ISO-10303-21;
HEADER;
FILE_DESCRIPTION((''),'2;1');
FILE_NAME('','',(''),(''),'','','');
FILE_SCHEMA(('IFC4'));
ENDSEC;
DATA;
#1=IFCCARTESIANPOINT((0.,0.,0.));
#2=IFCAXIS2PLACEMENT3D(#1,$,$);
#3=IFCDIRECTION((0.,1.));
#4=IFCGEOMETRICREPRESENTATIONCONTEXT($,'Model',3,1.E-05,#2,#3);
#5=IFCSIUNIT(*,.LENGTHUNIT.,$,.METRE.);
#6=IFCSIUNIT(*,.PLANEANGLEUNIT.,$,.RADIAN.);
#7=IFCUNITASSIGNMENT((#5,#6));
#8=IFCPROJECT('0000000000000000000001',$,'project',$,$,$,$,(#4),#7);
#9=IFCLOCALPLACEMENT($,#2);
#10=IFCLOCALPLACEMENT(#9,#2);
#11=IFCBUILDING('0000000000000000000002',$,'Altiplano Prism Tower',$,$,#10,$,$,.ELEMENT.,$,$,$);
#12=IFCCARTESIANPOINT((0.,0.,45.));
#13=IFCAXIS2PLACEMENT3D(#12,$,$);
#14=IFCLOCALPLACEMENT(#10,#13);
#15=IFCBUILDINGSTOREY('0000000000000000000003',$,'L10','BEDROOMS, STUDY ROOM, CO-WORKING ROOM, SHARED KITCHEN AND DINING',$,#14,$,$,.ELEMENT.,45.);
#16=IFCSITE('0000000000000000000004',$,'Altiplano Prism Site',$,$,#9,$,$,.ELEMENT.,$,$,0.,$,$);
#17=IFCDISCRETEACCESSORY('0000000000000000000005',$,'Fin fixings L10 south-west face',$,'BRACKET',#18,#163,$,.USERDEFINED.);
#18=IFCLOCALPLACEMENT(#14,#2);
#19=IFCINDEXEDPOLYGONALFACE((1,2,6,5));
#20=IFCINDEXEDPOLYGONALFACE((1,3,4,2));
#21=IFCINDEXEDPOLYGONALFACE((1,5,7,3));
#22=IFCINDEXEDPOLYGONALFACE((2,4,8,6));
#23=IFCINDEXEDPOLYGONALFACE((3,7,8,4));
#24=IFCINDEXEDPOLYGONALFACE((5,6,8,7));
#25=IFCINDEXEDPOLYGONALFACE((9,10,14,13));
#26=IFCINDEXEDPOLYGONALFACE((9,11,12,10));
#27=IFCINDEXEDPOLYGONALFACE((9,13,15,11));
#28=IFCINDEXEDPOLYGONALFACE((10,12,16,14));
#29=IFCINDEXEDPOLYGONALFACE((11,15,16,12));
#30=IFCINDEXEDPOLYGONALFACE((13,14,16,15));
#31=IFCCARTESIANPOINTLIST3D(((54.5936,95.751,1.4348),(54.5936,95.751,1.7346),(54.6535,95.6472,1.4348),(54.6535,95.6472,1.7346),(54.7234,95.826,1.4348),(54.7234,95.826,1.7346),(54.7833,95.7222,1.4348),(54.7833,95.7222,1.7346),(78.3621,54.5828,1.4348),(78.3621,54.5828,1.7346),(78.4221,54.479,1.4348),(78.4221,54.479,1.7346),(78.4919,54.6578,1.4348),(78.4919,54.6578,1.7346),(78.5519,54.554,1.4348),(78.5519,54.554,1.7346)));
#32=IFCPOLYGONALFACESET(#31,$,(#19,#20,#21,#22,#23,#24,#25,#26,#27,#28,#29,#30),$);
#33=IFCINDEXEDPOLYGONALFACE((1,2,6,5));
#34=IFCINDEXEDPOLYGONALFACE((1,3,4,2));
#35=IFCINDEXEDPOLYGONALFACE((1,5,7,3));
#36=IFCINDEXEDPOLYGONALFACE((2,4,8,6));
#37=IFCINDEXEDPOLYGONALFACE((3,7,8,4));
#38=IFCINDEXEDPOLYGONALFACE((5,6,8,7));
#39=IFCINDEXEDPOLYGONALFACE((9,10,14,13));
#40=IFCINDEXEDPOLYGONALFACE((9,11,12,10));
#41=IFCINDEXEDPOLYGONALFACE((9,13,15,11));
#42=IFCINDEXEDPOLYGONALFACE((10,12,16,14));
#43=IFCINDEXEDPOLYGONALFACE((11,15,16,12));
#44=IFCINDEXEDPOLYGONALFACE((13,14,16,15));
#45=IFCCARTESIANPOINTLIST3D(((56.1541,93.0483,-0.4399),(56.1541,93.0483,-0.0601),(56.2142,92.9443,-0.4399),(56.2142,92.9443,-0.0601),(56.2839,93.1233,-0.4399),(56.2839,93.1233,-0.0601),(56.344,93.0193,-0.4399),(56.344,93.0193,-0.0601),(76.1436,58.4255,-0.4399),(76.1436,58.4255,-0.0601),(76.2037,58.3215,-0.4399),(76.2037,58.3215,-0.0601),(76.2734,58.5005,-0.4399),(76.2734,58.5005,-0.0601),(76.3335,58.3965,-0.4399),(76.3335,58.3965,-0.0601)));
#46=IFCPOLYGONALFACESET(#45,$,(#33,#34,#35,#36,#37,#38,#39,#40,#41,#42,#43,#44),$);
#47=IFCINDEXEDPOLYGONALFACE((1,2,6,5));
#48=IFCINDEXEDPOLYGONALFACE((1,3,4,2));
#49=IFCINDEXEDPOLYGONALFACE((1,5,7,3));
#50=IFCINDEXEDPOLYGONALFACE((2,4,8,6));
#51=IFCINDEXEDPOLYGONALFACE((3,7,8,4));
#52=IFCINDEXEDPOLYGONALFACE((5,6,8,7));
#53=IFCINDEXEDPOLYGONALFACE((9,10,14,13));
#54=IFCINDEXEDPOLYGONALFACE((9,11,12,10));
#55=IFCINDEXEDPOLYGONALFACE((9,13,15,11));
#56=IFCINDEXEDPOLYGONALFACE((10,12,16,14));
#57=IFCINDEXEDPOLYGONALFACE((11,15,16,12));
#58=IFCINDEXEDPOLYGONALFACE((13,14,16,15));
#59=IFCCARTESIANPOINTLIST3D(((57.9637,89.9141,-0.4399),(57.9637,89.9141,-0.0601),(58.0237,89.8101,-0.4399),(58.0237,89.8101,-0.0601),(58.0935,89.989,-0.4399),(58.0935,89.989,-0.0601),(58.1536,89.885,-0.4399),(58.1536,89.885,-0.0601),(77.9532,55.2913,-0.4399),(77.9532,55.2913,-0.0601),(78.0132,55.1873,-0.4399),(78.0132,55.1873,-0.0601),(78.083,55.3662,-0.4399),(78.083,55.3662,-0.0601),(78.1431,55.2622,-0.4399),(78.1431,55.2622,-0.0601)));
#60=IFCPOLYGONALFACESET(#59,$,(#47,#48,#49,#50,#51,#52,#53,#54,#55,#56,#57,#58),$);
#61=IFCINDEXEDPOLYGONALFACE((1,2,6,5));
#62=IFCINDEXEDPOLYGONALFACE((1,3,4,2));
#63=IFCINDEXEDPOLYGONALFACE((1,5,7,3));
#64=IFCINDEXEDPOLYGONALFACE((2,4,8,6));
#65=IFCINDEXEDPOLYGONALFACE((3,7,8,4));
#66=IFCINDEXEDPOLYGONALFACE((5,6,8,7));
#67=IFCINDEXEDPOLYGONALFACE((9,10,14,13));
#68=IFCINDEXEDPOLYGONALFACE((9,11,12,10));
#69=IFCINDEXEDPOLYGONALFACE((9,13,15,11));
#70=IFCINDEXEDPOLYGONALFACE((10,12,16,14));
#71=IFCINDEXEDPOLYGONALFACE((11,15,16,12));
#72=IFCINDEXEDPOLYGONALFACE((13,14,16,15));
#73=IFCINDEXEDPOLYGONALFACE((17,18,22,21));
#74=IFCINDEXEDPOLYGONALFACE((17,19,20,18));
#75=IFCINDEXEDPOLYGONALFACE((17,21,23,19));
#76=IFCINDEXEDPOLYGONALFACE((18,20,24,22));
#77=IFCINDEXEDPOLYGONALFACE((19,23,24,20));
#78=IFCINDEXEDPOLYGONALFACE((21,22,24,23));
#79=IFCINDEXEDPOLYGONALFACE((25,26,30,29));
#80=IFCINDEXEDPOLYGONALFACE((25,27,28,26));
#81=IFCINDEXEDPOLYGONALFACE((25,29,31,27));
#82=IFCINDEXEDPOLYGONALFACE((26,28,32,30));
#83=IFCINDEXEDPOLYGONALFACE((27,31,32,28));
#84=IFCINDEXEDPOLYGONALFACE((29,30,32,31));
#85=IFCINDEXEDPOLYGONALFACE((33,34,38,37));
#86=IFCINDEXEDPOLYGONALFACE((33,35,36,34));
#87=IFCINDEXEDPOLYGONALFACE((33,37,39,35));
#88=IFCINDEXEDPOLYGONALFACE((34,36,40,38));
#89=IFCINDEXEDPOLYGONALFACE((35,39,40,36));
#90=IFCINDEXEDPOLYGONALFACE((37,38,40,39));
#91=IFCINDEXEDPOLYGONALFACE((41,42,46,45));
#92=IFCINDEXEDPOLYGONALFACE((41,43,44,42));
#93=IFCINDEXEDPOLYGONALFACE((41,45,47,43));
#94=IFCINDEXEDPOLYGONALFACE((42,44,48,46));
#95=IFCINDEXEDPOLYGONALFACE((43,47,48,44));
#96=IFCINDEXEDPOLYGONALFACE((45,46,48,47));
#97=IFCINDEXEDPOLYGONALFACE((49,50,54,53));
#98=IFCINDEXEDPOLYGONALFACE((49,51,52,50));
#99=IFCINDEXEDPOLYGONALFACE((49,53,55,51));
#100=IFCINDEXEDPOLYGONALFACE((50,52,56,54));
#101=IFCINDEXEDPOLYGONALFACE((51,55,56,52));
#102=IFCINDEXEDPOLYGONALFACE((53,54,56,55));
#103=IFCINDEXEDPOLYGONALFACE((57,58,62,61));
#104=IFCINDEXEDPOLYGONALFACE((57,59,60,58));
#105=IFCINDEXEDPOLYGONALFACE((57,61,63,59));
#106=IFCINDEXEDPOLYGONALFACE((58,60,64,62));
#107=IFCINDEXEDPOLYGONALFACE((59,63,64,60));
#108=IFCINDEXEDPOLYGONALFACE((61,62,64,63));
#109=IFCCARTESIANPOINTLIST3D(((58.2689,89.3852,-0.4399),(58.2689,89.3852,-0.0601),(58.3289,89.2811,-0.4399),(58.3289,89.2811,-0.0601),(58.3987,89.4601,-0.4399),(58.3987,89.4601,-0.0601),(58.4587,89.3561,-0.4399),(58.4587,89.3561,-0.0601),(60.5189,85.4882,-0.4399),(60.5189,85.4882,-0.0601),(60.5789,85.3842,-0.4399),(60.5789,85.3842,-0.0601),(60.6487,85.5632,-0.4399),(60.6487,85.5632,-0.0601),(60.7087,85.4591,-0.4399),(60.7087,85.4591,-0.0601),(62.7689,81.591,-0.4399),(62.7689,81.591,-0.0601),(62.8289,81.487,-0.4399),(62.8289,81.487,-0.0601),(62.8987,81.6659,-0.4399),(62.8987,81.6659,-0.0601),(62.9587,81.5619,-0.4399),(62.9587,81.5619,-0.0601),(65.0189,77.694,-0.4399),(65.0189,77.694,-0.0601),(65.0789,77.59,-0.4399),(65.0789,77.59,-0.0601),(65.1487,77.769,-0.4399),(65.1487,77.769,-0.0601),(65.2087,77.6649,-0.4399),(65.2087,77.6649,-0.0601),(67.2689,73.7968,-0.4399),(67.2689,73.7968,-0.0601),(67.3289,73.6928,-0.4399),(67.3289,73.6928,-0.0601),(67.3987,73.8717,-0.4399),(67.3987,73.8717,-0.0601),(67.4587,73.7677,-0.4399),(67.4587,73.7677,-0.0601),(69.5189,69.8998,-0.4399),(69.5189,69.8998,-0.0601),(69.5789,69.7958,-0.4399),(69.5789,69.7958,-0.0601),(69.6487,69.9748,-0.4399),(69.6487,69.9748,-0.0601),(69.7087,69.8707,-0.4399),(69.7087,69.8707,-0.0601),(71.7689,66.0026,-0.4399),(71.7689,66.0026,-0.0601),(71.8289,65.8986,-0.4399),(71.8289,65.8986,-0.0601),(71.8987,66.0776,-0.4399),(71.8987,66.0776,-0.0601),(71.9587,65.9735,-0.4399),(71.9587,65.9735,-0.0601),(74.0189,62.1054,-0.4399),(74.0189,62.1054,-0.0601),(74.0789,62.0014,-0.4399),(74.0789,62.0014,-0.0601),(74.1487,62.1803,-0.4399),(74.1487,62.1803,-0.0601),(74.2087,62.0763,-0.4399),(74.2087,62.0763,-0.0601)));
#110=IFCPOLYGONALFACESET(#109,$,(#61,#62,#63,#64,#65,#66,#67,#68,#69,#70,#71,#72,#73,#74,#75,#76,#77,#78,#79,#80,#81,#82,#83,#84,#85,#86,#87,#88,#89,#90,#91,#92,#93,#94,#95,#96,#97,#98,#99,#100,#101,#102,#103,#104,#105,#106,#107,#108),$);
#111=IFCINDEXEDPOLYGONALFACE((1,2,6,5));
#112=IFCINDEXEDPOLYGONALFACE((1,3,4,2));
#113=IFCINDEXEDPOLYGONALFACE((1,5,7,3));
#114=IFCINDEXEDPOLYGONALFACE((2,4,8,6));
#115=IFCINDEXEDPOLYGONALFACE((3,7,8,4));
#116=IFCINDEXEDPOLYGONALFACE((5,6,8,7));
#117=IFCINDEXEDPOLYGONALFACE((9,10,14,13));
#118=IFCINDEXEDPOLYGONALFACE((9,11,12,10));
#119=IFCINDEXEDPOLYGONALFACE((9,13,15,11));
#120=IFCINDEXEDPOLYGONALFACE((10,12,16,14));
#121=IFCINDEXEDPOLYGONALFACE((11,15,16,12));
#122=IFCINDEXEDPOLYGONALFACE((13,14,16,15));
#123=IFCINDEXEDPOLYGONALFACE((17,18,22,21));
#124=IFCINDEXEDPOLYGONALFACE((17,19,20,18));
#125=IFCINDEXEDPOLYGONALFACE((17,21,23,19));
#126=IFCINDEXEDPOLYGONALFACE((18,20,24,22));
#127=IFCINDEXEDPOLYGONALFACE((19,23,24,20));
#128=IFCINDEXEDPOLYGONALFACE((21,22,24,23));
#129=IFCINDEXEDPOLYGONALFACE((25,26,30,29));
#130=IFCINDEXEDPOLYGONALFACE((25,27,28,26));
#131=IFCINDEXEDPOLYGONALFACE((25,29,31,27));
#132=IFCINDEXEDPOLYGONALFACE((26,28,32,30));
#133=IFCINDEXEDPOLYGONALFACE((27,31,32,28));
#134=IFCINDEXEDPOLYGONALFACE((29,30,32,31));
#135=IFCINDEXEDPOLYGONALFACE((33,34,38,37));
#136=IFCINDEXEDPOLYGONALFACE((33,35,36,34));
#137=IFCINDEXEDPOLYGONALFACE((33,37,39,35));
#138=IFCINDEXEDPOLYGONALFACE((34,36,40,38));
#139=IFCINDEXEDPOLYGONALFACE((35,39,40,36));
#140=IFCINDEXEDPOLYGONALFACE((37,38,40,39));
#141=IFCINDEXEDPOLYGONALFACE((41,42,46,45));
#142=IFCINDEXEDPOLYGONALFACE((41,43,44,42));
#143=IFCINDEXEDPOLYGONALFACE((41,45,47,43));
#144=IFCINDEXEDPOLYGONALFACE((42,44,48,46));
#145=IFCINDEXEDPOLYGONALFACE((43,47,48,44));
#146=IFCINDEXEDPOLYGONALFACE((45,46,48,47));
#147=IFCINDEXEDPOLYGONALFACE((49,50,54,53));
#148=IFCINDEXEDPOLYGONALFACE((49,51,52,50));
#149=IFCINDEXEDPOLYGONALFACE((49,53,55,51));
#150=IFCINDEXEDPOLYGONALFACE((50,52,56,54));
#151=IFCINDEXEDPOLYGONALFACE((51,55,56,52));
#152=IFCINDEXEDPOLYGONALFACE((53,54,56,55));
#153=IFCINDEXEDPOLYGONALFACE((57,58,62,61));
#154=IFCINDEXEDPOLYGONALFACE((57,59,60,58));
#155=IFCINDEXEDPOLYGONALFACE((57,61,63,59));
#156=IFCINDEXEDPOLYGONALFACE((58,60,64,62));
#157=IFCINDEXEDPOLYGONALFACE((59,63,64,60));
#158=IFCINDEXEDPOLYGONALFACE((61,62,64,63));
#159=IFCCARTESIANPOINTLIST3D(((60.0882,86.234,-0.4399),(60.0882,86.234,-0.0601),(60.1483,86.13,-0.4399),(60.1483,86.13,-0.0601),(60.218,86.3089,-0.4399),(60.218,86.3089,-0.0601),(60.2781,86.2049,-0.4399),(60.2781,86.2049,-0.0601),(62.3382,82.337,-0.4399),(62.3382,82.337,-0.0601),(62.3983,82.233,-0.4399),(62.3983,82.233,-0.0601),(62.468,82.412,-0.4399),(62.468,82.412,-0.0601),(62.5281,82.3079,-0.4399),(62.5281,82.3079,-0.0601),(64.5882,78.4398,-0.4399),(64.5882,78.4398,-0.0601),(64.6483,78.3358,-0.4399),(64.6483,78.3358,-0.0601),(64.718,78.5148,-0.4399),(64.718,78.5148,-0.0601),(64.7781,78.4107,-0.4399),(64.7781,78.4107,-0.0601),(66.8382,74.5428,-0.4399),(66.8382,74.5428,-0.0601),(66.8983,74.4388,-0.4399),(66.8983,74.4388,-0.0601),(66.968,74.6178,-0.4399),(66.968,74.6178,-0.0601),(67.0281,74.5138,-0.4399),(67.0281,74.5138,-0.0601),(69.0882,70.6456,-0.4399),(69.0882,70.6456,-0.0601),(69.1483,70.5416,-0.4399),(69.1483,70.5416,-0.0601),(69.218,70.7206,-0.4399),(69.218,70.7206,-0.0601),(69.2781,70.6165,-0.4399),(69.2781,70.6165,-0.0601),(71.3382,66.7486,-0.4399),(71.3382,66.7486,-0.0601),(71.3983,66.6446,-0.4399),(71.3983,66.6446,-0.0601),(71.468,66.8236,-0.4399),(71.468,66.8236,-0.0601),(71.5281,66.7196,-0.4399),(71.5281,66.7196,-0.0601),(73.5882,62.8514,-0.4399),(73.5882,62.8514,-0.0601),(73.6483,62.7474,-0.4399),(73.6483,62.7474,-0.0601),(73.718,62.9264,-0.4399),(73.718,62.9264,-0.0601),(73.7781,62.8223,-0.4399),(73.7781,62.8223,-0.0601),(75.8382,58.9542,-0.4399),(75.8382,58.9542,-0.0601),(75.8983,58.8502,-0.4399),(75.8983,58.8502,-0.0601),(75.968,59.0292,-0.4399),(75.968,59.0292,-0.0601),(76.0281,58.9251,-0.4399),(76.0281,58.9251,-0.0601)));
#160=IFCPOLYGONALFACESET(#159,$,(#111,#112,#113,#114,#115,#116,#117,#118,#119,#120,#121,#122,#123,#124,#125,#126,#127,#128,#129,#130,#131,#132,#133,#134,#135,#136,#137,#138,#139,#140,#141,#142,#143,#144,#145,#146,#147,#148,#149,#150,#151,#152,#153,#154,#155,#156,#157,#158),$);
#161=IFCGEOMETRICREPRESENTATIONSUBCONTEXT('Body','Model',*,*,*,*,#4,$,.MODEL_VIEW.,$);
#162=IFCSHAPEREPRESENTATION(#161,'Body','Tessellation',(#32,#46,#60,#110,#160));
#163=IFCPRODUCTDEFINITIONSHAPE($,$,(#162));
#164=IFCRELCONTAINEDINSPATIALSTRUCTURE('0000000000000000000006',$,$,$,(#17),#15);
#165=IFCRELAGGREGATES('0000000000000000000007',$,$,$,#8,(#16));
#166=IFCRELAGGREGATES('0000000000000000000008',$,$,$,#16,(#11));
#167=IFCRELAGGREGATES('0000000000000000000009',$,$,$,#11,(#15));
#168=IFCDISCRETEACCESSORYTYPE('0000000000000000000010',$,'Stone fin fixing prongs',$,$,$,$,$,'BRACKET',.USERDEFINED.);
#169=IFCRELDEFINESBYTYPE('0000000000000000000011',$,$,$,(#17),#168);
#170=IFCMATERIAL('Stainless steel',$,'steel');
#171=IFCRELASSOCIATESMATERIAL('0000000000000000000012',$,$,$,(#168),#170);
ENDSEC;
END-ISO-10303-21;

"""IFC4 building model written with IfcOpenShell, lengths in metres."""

from ifc_helpers import new_model, si_unit, direction, frame, origin, place, context, subcontext, project, spatial, polyline, outline, extrude, source, transform, mapped, material, type_object, element, save


model = new_model("IFC4")

# Units and contexts
model_context = context("Model", 3, precision=1e-05, world=origin(), true_north=direction((0.0, 1.0)))
body_context = subcontext(model_context, "Body", "Model", "MODEL_VIEW")
ifc_project = project(units=[si_unit("LENGTHUNIT", "METRE"), si_unit("PLANEANGLEUNIT", "RADIAN")], contexts=[model_context])

# Site, building, storey
site_placement = place(None, origin())
site = spatial("IfcSite", under=ifc_project, at=site_placement, Name="Altiplano Prism Site", CompositionType="ELEMENT", RefElevation=0.0)
building_placement = place(site_placement, origin())
building = spatial("IfcBuilding", under=site, at=building_placement, Name="Altiplano Prism Tower", CompositionType="ELEMENT")
storey_placement = place(building_placement, frame((0.0, 0.0, 45.0)))
storey = spatial("IfcBuildingStorey", under=building, at=storey_placement, Name="L10", Description="BEDROOMS, STUDY ROOM, CO-WORKING ROOM, SHARED KITCHEN AND DINING", CompositionType="ELEMENT", Elevation=45.0)

# Discrete accessory
ifc_material_1 = material(Name="Stainless steel", Category="steel")
discrete_accessory_type = type_object("IfcDiscreteAccessoryType", Name="Stone fin fixing prongs", ElementType="BRACKET", PredefinedType="USERDEFINED", material=ifc_material_1)
shared_shape_1 = source(origin(), body_context, "Body", "SweptSolid", [
    extrude(outline(polyline([(-1.2114, 1.9348), (-1.0916, 1.9348), (-1.0916, 2.2346), (-1.2114, 2.2346), (-1.2114, 1.9348)])), frame((0.0, 0.0, 0.0), z_axis=(0.0, -1.0, 0.0), x_axis=(1.0, 0.0, 0.0)), (0.0, 0.0, 1.0), 0.1499),
])
shared_shape_2 = source(origin(), body_context, "Body", "SweptSolid", [
    extrude(outline(polyline([(-1.8696, 0.0601), (-1.7495, 0.0601), (-1.7495, 0.4399), (-1.8696, 0.4399), (-1.8696, 0.0601)])), frame((0.0, 0.0, 0.0), z_axis=(0.0, -1.0, 0.0), x_axis=(1.0, 0.0, 0.0)), (0.0, 0.0, 1.0), 0.1499),
    extrude(outline(polyline([(1.7495, 0.0601), (1.8696, 0.0601), (1.8696, 0.4399), (1.7495, 0.4399), (1.7495, 0.0601)])), frame((0.0, 0.0, 0.0), z_axis=(0.0, -1.0, 0.0), x_axis=(1.0, 0.0, 0.0)), (0.0, 0.0, 1.0), 0.1499),
])
shared_shape_3 = source(origin(), body_context, "Body", "SweptSolid", [
    extrude(outline(polyline([(-1.8794, 0.0601), (-1.7593, 0.0601), (-1.7593, 0.4399), (-1.8794, 0.4399), (-1.8794, 0.0601)])), frame((0.0, 0.0, 0.0), z_axis=(0.0, -1.0, 0.0), x_axis=(1.0, 0.0, 0.0)), (0.0, 0.0, 1.0), 0.1499),
    extrude(outline(polyline([(1.7593, 0.0601), (1.8794, 0.0601), (1.8794, 0.4399), (1.7593, 0.4399), (1.7593, 0.0601)])), frame((0.0, 0.0, 0.0), z_axis=(0.0, -1.0, 0.0), x_axis=(1.0, 0.0, 0.0)), (0.0, 0.0, 1.0), 0.1499),
])
discrete_accessory_1_placement = place(storey_placement, origin())
element("IfcDiscreteAccessory", 1, at=discrete_accessory_1_placement, inside=storey, type_object=discrete_accessory_type, Name="Fin fixings L10 south-west face", ObjectType="BRACKET", PredefinedType="USERDEFINED", context=body_context, shape_type="MappedRepresentation", body=[
    mapped(shared_shape_1, transform((55.3291, 94.7769, -0.5), x_axis=(0.5, -0.866025, 0.0), y_axis=(0.866025, 0.5, 0.0), z_axis=(0.0, 0.0, 1.0))),
    mapped(shared_shape_2, transform((57.2188, 91.5042, -0.5), x_axis=(0.5, -0.866025, 0.0), y_axis=(0.866025, 0.5, 0.0), z_axis=(0.0, 0.0, 1.0))),
    mapped(shared_shape_3, transform((59.3384, 87.8325, -0.5), x_axis=(0.5, -0.866025, 0.0), y_axis=(0.866025, 0.5, 0.0), z_axis=(0.0, 0.0, 1.0))),
    mapped(shared_shape_3, transform((61.5884, 83.9355, -0.5), x_axis=(0.5, -0.866025, 0.0), y_axis=(0.866025, 0.5, 0.0), z_axis=(0.0, 0.0, 1.0))),
    mapped(shared_shape_3, transform((63.8384, 80.0383, -0.5), x_axis=(0.5, -0.866025, 0.0), y_axis=(0.866025, 0.5, 0.0), z_axis=(0.0, 0.0, 1.0))),
    mapped(shared_shape_3, transform((66.0884, 76.1414, -0.5), x_axis=(0.5, -0.866025, 0.0), y_axis=(0.866025, 0.5, 0.0), z_axis=(0.0, 0.0, 1.0))),
    mapped(shared_shape_3, transform((68.3384, 72.2441, -0.5), x_axis=(0.5, -0.866025, 0.0), y_axis=(0.866025, 0.5, 0.0), z_axis=(0.0, 0.0, 1.0))),
    mapped(shared_shape_3, transform((70.5884, 68.3472, -0.5), x_axis=(0.5, -0.866025, 0.0), y_axis=(0.866025, 0.5, 0.0), z_axis=(0.0, 0.0, 1.0))),
    mapped(shared_shape_3, transform((72.8384, 64.45, -0.5), x_axis=(0.5, -0.866025, 0.0), y_axis=(0.866025, 0.5, 0.0), z_axis=(0.0, 0.0, 1.0))),
    mapped(shared_shape_3, transform((75.0884, 60.5527, -0.5), x_axis=(0.5, -0.866025, 0.0), y_axis=(0.866025, 0.5, 0.0), z_axis=(0.0, 0.0, 1.0))),
    mapped(shared_shape_2, transform((77.2083, 56.8813, -0.5), x_axis=(0.5, -0.866025, 0.0), y_axis=(0.866025, 0.5, 0.0), z_axis=(0.0, 0.0, 1.0))),
    mapped(shared_shape_1, transform((79.0977, 53.6086, -0.5), x_axis=(0.5, -0.866025, 0.0), y_axis=(0.866025, 0.5, 0.0), z_axis=(0.0, 0.0, 1.0))),
])

save(model, "model.ifc")
